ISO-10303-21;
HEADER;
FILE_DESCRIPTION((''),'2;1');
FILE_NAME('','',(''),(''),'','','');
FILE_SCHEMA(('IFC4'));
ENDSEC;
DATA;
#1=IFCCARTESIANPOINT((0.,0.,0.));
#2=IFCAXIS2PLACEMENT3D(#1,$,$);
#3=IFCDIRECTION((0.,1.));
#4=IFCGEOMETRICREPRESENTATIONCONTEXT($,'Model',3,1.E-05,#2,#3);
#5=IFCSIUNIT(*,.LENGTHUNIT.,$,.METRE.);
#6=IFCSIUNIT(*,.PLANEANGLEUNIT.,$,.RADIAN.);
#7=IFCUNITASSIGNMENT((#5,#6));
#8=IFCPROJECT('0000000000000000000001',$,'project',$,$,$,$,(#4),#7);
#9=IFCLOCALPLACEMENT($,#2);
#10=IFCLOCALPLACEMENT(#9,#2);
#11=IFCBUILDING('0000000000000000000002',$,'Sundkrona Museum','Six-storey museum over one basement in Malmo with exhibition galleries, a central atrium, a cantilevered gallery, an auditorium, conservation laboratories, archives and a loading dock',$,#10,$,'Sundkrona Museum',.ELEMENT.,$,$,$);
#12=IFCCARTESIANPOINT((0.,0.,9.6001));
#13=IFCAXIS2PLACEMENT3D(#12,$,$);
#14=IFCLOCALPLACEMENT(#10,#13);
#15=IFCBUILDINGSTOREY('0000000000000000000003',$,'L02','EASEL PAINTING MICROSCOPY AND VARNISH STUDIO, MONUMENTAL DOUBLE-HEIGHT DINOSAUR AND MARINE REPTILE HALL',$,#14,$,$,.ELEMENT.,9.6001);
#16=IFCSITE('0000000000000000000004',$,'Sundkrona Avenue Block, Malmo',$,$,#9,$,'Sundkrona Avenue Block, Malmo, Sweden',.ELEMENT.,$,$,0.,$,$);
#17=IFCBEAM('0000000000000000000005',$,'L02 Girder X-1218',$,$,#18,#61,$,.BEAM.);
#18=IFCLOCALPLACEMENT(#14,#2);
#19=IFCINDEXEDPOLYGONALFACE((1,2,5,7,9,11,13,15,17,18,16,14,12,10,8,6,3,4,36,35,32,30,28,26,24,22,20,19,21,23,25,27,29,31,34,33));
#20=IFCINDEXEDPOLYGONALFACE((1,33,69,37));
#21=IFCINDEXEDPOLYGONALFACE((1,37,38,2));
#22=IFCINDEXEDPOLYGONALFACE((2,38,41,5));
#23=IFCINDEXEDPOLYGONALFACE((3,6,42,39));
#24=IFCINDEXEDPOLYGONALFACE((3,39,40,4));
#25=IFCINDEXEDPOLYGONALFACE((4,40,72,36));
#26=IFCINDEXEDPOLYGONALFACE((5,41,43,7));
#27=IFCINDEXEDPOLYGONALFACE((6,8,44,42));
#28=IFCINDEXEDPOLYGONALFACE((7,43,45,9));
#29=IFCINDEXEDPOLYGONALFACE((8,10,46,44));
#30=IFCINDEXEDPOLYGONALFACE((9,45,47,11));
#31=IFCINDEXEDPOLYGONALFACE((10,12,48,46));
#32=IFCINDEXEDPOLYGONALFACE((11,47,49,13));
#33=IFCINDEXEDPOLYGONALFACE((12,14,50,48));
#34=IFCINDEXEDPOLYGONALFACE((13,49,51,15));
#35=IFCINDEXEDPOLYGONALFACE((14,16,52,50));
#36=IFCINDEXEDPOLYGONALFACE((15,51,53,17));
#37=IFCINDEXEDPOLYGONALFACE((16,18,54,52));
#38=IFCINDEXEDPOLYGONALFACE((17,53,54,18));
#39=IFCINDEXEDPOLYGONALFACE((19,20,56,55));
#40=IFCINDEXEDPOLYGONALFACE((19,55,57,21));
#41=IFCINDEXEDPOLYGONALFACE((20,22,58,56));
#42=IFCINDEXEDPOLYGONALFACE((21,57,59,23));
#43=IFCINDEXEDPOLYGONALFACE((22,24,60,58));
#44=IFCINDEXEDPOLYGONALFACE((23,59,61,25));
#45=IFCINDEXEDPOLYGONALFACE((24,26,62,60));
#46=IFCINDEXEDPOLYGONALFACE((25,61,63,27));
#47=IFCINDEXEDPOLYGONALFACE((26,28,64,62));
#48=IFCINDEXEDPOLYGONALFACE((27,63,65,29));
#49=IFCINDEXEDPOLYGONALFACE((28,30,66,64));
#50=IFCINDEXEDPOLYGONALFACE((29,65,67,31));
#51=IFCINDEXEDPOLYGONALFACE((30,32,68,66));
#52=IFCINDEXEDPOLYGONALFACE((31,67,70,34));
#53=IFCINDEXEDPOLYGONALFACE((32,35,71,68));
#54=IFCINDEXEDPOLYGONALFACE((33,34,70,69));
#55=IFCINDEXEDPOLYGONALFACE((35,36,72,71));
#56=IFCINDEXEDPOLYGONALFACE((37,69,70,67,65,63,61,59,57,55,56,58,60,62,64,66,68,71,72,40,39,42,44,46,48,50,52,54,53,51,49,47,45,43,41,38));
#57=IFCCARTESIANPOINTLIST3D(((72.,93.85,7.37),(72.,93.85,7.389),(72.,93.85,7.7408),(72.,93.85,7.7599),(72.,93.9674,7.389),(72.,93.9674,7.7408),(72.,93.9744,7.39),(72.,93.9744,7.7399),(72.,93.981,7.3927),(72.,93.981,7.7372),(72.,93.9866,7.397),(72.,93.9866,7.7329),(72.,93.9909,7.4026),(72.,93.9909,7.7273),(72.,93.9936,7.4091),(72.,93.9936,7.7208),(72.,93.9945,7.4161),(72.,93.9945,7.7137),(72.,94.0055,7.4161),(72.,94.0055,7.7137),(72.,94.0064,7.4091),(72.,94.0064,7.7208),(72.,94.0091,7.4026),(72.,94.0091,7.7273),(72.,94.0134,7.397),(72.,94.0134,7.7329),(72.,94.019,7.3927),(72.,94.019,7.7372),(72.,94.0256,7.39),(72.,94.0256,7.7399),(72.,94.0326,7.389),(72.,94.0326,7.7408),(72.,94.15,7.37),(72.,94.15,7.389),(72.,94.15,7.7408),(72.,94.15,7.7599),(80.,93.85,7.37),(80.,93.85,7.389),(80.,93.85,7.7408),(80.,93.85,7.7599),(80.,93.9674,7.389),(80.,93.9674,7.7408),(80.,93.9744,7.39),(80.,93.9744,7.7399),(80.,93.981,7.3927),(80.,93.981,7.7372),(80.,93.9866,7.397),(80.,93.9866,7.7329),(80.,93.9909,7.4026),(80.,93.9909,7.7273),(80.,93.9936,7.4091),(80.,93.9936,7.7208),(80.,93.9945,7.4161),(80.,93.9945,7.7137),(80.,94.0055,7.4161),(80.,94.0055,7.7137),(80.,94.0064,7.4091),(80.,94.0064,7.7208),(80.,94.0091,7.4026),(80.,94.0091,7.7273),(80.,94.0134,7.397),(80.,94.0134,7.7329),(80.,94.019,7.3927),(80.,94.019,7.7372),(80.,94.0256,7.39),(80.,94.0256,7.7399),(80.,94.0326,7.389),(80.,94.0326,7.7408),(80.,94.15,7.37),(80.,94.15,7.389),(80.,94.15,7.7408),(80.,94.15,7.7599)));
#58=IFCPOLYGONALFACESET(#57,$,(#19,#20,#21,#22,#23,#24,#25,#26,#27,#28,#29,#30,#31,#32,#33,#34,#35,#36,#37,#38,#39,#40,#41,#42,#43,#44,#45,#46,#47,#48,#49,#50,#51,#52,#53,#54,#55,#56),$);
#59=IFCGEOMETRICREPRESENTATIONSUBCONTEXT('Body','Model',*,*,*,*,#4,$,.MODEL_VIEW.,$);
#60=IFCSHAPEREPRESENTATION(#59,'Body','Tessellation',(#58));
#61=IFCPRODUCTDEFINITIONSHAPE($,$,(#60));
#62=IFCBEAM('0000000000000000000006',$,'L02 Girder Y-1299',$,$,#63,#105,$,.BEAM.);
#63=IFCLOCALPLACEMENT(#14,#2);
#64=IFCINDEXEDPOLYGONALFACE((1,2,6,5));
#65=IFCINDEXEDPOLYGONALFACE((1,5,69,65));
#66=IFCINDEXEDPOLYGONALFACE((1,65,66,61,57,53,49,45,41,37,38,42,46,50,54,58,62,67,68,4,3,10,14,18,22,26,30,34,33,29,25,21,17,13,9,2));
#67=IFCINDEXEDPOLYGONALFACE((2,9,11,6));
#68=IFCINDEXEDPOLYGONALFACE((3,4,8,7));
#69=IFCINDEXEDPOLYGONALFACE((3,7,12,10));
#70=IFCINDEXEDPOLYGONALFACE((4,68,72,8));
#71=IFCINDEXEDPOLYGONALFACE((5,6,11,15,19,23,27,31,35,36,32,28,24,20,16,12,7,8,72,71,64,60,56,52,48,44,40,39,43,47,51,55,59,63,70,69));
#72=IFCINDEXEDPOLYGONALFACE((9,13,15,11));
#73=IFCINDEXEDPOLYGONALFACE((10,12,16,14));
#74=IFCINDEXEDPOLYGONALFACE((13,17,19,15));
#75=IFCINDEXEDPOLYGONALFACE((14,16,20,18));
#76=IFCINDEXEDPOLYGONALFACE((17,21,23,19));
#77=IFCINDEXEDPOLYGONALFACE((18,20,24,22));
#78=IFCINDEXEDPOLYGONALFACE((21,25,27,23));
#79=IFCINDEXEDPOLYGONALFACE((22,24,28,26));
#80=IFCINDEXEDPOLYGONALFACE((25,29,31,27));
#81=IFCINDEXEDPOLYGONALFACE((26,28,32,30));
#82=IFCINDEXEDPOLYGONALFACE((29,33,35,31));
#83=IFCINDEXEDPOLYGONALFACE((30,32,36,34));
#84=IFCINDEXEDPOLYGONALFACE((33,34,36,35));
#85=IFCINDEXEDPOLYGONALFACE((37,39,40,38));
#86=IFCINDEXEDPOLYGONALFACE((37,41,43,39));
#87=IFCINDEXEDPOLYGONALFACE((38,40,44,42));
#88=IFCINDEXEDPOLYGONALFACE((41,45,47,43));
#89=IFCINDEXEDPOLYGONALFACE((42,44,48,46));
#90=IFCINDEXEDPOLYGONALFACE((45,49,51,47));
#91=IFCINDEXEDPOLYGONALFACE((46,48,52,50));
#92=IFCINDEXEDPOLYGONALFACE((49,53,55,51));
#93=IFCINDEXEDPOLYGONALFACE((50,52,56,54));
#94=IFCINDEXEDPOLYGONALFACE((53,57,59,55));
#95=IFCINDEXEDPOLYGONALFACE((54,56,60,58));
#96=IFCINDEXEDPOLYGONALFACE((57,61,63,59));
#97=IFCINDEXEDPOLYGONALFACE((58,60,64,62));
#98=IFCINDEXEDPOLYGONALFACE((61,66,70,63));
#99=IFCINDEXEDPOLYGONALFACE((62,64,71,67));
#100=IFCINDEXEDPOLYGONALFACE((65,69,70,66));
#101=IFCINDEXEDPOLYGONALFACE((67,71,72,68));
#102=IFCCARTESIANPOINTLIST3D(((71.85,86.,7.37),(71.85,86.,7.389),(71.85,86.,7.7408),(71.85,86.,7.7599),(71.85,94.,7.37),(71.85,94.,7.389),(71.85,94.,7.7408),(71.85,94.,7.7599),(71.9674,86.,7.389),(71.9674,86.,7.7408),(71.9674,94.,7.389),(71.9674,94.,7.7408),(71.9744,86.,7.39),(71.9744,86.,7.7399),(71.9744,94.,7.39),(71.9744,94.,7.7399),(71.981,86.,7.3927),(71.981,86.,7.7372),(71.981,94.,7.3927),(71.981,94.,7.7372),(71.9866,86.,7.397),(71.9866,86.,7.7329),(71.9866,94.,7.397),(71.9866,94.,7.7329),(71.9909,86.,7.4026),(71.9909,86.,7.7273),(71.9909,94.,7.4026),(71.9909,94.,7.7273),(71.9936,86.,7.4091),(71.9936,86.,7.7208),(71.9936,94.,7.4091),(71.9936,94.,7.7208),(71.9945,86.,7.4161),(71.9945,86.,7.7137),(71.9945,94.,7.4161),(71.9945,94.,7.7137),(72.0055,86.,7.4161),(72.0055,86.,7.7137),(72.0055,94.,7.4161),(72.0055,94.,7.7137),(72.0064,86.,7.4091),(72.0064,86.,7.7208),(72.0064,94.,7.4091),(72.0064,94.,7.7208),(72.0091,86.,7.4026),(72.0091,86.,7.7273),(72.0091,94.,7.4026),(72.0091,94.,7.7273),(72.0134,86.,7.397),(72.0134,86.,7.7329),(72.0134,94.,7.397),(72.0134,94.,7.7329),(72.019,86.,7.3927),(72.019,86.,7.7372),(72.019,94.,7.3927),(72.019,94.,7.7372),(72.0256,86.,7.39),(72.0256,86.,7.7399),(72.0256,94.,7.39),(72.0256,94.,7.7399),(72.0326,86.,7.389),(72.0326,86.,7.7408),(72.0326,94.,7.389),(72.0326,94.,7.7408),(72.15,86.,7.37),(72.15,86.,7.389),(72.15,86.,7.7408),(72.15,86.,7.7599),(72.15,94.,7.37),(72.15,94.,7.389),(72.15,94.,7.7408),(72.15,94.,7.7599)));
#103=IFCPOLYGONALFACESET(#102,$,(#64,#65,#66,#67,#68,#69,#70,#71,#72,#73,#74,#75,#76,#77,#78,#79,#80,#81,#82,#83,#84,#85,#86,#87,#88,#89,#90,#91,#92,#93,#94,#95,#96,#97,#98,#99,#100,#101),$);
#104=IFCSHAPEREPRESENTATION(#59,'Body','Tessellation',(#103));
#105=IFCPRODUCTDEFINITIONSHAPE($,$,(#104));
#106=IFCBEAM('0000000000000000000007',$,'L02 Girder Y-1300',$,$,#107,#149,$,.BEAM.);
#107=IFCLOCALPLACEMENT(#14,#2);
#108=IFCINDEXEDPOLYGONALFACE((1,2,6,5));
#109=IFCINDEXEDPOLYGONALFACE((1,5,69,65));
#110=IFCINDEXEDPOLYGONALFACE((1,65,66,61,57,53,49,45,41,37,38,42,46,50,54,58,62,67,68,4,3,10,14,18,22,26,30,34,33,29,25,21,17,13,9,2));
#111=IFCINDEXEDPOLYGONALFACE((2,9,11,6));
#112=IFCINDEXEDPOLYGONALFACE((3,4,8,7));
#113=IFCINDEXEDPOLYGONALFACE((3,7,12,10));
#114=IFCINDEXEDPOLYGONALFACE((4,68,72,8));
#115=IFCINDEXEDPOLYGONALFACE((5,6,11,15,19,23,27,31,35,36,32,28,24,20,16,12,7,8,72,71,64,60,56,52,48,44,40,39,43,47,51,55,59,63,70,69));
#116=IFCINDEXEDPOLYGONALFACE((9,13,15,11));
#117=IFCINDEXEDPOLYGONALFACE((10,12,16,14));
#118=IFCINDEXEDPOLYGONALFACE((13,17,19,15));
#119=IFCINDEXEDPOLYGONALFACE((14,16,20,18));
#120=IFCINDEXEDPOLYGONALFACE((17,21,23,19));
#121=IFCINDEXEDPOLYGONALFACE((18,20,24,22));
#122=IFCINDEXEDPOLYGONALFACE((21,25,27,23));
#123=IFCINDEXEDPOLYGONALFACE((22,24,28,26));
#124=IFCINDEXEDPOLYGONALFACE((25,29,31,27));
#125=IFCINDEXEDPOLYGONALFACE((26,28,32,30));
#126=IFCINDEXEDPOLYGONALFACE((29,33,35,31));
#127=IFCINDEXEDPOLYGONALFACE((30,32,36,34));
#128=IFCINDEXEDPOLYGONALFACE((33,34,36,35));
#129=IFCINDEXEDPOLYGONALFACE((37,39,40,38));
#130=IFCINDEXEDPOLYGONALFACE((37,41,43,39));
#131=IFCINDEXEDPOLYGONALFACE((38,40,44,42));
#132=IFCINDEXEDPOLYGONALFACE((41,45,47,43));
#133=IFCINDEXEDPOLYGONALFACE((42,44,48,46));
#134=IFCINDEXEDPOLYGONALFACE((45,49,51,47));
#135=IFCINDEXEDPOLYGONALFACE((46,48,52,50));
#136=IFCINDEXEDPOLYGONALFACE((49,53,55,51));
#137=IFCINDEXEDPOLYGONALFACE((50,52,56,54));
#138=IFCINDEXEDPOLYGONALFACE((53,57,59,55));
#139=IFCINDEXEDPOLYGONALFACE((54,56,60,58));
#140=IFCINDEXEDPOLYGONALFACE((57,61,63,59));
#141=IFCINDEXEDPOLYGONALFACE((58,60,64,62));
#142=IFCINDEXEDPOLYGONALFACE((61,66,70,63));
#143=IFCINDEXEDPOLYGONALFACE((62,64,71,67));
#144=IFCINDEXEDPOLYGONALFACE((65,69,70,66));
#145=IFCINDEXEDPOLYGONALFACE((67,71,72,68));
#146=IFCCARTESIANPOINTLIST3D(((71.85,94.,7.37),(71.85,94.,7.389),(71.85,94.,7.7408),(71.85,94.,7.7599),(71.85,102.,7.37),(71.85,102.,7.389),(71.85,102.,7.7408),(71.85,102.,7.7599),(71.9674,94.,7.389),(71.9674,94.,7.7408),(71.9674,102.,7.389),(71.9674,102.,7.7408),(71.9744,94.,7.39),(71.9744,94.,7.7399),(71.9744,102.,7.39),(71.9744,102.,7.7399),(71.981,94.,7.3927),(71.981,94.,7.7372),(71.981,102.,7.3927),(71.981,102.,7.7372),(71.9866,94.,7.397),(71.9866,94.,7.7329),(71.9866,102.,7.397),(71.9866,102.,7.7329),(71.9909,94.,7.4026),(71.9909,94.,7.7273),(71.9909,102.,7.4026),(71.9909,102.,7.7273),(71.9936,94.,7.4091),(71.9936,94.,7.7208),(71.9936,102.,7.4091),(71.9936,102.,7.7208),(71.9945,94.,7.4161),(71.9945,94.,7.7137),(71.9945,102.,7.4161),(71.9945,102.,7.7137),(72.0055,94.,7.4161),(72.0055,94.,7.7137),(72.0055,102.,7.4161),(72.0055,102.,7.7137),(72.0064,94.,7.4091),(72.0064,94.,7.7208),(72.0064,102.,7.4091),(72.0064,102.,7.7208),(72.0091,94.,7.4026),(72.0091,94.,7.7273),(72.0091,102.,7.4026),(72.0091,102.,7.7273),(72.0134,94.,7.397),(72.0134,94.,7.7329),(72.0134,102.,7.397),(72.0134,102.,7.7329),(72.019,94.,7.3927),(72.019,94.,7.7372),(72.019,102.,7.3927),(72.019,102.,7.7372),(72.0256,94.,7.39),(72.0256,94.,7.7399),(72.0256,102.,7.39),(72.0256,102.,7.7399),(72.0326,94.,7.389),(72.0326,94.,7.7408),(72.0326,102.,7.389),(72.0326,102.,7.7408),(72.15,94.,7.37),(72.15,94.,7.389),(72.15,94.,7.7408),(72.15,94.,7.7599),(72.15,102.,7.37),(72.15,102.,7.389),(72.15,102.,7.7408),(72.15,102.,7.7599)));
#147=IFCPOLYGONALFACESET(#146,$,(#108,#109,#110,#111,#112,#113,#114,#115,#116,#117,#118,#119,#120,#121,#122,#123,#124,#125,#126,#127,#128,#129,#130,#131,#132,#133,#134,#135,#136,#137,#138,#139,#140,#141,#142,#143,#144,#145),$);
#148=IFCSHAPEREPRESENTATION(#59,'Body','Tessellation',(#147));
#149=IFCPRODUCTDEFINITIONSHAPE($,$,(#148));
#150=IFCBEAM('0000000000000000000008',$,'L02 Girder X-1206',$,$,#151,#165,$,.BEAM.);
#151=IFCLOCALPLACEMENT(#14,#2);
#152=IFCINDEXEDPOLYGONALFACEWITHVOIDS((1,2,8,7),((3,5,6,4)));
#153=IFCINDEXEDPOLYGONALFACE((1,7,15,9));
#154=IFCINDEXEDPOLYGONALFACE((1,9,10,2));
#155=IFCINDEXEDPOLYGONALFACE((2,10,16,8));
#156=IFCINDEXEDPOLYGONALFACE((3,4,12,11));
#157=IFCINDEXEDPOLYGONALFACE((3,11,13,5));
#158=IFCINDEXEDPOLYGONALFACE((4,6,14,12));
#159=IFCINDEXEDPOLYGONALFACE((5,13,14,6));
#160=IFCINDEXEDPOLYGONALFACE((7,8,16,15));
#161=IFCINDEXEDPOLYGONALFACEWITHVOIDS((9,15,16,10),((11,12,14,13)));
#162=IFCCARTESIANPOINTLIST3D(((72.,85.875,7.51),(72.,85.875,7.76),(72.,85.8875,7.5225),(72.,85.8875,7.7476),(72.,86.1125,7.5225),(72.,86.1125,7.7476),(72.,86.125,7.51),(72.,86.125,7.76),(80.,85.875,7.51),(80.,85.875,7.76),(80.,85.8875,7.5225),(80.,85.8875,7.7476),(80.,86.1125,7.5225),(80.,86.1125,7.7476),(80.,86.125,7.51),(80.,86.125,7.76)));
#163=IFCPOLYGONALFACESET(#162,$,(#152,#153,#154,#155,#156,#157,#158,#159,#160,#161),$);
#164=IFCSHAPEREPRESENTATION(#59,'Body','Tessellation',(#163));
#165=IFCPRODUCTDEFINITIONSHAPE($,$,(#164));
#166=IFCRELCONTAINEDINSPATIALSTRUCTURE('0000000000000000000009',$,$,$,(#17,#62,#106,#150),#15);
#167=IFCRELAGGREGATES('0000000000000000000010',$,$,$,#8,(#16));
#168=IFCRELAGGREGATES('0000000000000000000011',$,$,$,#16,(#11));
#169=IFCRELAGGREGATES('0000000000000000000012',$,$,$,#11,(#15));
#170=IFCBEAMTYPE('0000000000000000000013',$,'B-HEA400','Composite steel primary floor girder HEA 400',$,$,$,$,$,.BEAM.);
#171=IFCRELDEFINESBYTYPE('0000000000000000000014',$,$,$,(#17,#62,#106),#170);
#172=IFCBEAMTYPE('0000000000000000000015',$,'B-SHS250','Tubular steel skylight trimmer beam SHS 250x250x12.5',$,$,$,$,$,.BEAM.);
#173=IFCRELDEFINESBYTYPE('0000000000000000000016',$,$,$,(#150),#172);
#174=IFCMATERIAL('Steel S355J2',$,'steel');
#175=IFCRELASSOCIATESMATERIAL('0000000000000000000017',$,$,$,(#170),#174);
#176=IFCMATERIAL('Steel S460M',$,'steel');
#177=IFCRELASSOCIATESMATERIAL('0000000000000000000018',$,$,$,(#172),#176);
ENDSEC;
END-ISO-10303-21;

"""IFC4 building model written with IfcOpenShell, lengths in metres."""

from ifc_helpers import new_model, si_unit, direction, frame, origin, origin_2d, place, context, subcontext, project, spatial, hollow_rectangle, i_section, extrude, material, material_profile, profile_set, type_object, element, save


model = new_model("IFC4")

# Units and contexts
model_context = context("Model", 3, precision=1e-05, world=origin(), true_north=direction((0.0, 1.0)))
body_context = subcontext(model_context, "Body", "Model", "MODEL_VIEW")
ifc_project = project(units=[si_unit("LENGTHUNIT", "METRE"), si_unit("PLANEANGLEUNIT", "RADIAN")], contexts=[model_context])

# Site, building, storey
site_placement = place(None, origin())
site = spatial("IfcSite", under=ifc_project, at=site_placement, Name="Sundkrona Avenue Block, Malmo", LongName="Sundkrona Avenue Block, Malmo, Sweden", CompositionType="ELEMENT", RefElevation=0.0)
building_placement = place(site_placement, origin())
building = spatial("IfcBuilding", under=site, at=building_placement, Name="Sundkrona Museum", Description="Six-storey museum over one basement in Malmo with exhibition galleries, a central atrium, a cantilevered gallery, an auditorium, conservation laboratories, archives and a loading dock", LongName="Sundkrona Museum", CompositionType="ELEMENT")
storey_placement = place(building_placement, frame((0.0, 0.0, 9.6001)))
storey = spatial("IfcBuildingStorey", under=building, at=storey_placement, Name="L02", Description="EASEL PAINTING MICROSCOPY AND VARNISH STUDIO, MONUMENTAL DOUBLE-HEIGHT DINOSAUR AND MARINE REPTILE HALL", CompositionType="ELEMENT", Elevation=9.6001)

# Shared definitions
ifc_material_1 = material(Name="Steel S355J2", Category="steel")

# Beams
ifc_material_profile_1 = material_profile(ifc_material_1, i_section(OverallWidth=0.3, OverallDepth=0.3899, WebThickness=0.011, FlangeThickness=0.019, FilletRadius=0.0271, at=origin_2d()), Name="HEA 400")
ifc_profile_set_1 = profile_set([ifc_material_profile_1], Name="Steel S355J2")
beam_type_1 = type_object("IfcBeamType", Name="B-HEA400", Description="Composite steel primary floor girder HEA 400", PredefinedType="BEAM", material=ifc_profile_set_1)
for number, where, z_axis, x_axis, name in (
    (1, (72.0, 94.0, 7.5649), (1.0, 0.0, 0.0), (0.0, 1.0, 0.0), "L02 Girder X-1218"),
    (2, (72.0, 86.0, 7.5649), (0.0, 1.0, 0.0), (-1.0, 0.0, 0.0), "L02 Girder Y-1299"),
    (3, (72.0, 94.0, 7.5649), (0.0, 1.0, 0.0), (-1.0, 0.0, 0.0), "L02 Girder Y-1300"),
):
    element("IfcBeam", number, at=place(storey_placement, frame(where, z_axis=z_axis, x_axis=x_axis)), inside=storey, type_object=beam_type_1, Name=name, PredefinedType="BEAM", context=body_context, shape_type="SweptSolid", body=[
        extrude(i_section(OverallWidth=0.3, OverallDepth=0.3899, WebThickness=0.011, FlangeThickness=0.019, FilletRadius=0.0271, at=origin_2d()), origin(), (0.0, 0.0, 1.0), 8.0),
    ])
ifc_material_2 = material(Name="Steel S460M", Category="steel")
ifc_material_profile_2 = material_profile(ifc_material_2, hollow_rectangle(XDim=0.25, YDim=0.25, WallThickness=0.0125, at=origin_2d()), Name="SHS 250x250x12.5")
ifc_profile_set_2 = profile_set([ifc_material_profile_2], Name="Steel S460M")
beam_type_2 = type_object("IfcBeamType", Name="B-SHS250", Description="Tubular steel skylight trimmer beam SHS 250x250x12.5", PredefinedType="BEAM", material=ifc_profile_set_2)
beam_1_placement = place(storey_placement, frame((72.0, 86.0, 7.635), z_axis=(1.0, 0.0, 0.0), x_axis=(0.0, 1.0, 0.0)))
element("IfcBeam", 4, at=beam_1_placement, inside=storey, type_object=beam_type_2, Name="L02 Girder X-1206", PredefinedType="BEAM", context=body_context, shape_type="SweptSolid", body=[
    extrude(hollow_rectangle(XDim=0.25, YDim=0.25, WallThickness=0.0125, at=origin_2d()), origin(), (0.0, 0.0, 1.0), 8.0),
])

save(model, "model.ifc")
